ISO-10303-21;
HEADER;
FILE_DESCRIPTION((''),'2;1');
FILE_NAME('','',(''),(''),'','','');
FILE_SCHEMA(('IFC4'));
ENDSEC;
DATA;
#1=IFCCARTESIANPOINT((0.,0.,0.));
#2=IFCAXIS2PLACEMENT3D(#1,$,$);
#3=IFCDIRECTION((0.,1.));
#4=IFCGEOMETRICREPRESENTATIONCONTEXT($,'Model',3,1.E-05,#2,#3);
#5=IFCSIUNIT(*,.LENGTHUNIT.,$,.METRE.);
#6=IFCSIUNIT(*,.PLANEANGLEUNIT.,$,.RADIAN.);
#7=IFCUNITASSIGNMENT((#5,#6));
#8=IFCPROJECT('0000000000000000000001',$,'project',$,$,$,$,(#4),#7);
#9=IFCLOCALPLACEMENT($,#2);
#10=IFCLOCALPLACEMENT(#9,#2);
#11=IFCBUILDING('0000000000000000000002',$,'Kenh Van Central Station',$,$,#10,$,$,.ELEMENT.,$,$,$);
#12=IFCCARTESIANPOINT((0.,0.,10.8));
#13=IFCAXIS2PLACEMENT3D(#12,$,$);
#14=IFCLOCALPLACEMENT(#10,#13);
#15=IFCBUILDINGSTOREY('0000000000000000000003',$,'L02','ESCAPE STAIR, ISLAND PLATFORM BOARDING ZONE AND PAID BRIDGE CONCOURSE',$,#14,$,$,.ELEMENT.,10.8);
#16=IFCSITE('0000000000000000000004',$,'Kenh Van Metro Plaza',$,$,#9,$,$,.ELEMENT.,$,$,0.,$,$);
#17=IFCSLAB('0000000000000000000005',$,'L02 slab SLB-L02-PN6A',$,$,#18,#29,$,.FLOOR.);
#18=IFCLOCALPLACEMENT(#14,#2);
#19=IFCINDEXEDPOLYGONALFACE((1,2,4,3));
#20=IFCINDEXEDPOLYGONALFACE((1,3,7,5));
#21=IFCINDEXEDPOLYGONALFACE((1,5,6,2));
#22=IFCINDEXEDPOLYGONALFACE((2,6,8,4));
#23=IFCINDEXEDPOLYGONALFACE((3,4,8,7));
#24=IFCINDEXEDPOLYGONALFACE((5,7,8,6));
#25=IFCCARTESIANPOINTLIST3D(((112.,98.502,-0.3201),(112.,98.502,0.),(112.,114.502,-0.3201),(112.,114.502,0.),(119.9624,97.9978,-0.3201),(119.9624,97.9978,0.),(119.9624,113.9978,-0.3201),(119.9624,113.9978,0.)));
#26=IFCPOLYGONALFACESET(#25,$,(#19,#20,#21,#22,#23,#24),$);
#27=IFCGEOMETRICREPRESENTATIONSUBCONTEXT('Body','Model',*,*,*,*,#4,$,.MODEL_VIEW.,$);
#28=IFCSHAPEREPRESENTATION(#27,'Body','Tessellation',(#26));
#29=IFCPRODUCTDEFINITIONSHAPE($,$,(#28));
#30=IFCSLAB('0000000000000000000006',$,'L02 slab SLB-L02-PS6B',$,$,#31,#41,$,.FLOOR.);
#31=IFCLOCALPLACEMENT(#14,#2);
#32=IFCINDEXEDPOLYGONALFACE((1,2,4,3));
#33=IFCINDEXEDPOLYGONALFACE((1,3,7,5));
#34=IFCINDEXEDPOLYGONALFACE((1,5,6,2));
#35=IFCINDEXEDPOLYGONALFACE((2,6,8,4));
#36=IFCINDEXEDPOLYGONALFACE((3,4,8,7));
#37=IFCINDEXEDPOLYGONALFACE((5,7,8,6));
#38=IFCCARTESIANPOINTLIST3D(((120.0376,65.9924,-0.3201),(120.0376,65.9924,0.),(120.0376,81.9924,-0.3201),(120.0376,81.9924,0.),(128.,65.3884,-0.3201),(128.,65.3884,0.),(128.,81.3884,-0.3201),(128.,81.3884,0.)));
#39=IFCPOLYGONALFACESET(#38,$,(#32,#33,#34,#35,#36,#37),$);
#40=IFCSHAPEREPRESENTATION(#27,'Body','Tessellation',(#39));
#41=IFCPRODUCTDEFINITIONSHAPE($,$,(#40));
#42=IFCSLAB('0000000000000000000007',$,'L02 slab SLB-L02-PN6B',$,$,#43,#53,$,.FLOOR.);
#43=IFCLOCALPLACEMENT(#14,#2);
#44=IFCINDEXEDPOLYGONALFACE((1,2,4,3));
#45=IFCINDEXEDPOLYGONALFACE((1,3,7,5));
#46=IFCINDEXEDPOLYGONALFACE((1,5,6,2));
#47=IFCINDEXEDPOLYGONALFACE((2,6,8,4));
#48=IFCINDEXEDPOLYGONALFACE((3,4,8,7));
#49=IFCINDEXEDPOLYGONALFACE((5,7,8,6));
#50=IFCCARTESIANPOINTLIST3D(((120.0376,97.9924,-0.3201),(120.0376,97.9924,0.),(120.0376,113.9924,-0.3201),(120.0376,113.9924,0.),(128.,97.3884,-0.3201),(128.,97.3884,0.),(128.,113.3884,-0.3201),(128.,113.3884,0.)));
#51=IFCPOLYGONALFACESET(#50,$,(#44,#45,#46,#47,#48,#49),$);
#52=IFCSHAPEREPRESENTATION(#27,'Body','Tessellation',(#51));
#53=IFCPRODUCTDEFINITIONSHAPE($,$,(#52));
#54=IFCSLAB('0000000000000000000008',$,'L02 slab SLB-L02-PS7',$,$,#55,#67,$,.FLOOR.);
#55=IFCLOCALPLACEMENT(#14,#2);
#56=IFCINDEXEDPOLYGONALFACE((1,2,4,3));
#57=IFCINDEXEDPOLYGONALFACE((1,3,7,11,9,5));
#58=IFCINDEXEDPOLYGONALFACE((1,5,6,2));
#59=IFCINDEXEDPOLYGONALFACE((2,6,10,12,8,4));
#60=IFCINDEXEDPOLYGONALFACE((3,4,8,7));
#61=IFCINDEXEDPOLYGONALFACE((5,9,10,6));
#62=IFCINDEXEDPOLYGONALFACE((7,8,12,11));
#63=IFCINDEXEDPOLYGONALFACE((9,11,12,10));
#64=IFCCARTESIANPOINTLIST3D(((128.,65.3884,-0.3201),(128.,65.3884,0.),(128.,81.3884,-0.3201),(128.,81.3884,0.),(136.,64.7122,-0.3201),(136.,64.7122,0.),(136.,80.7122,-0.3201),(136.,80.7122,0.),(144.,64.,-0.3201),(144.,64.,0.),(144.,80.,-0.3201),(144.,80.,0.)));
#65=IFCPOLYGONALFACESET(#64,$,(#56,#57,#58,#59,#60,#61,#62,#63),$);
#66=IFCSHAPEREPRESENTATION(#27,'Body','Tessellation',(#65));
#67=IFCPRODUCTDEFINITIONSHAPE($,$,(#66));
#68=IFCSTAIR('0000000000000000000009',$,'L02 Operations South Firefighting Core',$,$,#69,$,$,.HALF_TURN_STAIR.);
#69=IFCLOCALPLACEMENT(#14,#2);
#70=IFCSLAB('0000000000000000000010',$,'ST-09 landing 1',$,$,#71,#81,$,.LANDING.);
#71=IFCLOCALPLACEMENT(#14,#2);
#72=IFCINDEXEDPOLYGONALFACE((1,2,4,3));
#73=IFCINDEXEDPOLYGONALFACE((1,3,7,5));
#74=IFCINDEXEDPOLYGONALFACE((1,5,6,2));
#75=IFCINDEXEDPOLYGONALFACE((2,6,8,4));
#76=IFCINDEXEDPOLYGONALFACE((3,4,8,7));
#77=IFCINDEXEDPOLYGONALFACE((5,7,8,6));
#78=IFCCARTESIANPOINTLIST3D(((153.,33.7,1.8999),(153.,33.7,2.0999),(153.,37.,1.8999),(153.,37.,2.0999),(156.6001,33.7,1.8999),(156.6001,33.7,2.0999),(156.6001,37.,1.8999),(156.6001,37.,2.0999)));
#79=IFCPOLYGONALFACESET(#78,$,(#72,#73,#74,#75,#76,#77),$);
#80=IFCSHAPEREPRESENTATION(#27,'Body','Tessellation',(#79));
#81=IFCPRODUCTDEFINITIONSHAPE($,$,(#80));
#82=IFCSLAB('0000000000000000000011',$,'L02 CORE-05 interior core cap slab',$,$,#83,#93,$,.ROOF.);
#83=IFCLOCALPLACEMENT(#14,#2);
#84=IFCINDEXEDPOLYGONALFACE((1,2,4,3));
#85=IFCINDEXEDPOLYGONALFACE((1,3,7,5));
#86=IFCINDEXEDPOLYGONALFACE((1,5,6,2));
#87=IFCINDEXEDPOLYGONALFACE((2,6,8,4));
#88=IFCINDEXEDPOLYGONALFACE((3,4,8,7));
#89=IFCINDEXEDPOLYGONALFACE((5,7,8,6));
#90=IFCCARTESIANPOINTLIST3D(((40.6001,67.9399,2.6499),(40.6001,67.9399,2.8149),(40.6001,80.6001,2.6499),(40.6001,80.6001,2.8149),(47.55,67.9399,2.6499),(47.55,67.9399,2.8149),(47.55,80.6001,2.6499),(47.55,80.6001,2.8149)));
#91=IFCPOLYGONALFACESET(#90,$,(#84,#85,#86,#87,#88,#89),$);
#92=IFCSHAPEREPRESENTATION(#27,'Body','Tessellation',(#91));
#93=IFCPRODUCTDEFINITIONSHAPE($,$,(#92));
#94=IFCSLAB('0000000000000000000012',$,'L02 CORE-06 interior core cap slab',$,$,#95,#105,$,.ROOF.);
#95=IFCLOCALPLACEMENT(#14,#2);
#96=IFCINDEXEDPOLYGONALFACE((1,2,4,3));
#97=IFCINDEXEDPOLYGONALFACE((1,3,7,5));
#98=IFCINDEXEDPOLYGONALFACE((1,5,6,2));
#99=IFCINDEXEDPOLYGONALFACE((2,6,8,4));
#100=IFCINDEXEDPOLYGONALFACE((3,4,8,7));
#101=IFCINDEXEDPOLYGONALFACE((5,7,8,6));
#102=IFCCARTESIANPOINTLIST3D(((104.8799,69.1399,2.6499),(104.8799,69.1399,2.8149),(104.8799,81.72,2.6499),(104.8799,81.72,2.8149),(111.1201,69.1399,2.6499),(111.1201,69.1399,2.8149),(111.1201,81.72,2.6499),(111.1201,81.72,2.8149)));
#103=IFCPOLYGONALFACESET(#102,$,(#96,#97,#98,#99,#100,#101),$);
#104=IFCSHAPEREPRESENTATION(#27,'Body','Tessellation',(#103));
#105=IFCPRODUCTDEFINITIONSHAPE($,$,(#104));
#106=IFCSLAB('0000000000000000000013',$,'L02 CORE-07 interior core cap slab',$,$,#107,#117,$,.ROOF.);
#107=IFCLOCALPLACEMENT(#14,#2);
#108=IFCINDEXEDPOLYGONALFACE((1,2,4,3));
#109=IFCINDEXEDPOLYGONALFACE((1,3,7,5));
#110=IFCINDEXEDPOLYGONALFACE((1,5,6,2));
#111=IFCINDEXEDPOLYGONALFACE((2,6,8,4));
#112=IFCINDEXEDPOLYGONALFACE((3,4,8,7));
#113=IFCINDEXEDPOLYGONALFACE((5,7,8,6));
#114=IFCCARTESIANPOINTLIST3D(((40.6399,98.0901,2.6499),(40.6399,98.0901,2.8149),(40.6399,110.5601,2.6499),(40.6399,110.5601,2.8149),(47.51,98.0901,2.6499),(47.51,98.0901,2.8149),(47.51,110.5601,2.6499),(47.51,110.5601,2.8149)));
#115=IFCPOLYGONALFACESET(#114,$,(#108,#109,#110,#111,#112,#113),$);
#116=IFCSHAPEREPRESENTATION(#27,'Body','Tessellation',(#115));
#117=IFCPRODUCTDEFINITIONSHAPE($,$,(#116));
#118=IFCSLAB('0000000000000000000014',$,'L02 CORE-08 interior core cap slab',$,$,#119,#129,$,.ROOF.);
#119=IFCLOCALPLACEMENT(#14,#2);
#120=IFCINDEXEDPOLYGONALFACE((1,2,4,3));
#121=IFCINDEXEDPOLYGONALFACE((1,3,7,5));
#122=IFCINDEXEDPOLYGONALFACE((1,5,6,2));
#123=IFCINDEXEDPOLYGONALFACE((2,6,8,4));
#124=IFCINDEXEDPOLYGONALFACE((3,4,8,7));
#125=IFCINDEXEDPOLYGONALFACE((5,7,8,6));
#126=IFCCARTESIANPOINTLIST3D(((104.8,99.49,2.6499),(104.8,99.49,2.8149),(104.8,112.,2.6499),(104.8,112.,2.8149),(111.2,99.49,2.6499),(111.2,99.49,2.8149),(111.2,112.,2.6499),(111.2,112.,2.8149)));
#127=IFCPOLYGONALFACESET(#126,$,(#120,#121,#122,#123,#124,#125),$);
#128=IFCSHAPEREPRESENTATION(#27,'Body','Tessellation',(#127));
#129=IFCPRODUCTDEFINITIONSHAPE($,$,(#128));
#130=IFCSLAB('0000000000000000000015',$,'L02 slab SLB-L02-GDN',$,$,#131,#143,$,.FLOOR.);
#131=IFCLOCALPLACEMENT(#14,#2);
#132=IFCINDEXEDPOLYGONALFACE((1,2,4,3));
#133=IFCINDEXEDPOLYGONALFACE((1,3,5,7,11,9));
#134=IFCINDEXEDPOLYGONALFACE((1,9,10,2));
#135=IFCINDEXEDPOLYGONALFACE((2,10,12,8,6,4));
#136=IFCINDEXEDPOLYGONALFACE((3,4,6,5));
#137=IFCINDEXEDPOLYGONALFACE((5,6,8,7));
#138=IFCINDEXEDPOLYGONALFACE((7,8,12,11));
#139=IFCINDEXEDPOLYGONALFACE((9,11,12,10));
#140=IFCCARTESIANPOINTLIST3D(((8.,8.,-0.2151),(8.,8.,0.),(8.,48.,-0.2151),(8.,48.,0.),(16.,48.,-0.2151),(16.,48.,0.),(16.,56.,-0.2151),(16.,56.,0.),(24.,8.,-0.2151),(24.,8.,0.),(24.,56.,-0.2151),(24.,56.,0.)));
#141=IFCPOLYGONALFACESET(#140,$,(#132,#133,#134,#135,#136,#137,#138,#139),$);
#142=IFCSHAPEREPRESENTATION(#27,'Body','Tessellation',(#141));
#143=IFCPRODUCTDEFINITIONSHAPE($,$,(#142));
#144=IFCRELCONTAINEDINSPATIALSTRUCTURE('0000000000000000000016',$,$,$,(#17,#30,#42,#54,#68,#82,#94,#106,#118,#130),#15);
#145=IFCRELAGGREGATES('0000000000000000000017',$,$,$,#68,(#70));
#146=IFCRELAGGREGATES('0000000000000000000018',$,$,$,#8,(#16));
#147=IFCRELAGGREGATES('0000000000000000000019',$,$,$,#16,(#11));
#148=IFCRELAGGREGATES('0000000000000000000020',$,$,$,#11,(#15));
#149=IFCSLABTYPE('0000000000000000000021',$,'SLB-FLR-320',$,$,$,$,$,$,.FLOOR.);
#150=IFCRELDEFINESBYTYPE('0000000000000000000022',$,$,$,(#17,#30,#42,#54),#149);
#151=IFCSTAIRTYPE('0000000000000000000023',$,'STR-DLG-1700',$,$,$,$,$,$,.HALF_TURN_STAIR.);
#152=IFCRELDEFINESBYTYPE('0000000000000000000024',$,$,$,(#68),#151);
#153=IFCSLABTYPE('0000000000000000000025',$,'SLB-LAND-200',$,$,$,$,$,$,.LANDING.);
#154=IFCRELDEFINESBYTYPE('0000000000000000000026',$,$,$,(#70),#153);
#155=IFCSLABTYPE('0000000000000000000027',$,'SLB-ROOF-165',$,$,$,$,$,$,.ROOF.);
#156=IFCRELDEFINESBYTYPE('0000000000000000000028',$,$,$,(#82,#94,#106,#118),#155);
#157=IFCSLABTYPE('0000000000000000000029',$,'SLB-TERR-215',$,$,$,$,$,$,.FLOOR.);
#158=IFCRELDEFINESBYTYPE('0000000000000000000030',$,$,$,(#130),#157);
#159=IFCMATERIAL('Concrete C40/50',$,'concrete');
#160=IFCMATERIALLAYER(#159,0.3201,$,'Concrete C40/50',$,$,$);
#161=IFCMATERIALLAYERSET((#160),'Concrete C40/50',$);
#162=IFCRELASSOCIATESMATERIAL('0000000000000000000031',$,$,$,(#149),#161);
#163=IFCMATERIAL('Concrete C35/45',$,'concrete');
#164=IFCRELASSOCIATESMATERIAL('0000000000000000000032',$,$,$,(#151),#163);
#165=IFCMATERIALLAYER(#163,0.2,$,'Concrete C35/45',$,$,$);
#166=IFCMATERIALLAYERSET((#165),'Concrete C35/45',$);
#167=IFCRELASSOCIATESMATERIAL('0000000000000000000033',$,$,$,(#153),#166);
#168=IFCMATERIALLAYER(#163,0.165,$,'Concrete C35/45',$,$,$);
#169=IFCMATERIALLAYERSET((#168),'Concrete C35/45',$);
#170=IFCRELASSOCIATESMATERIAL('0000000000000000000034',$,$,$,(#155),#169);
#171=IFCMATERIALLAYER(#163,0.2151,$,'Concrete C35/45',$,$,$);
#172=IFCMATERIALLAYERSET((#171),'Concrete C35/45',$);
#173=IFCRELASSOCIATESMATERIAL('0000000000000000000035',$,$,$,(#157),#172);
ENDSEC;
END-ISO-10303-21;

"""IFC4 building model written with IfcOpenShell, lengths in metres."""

from ifc_helpers import new_model, si_unit, direction, frame, origin, place, context, subcontext, project, spatial, polyline, outline, extrude, material, layer, layer_set, type_object, element, aggregate, save


model = new_model("IFC4")

# Units and contexts
model_context = context("Model", 3, precision=1e-05, world=origin(), true_north=direction((0.0, 1.0)))
body_context = subcontext(model_context, "Body", "Model", "MODEL_VIEW")
ifc_project = project(units=[si_unit("LENGTHUNIT", "METRE"), si_unit("PLANEANGLEUNIT", "RADIAN")], contexts=[model_context])

# Site, building, storey
site_placement = place(None, origin())
site = spatial("IfcSite", under=ifc_project, at=site_placement, Name="Kenh Van Metro Plaza", CompositionType="ELEMENT", RefElevation=0.0)
building_placement = place(site_placement, origin())
building = spatial("IfcBuilding", under=site, at=building_placement, Name="Kenh Van Central Station", CompositionType="ELEMENT")
storey_placement = place(building_placement, frame((0.0, 0.0, 10.8)))
storey = spatial("IfcBuildingStorey", under=building, at=storey_placement, Name="L02", Description="ESCAPE STAIR, ISLAND PLATFORM BOARDING ZONE AND PAID BRIDGE CONCOURSE", CompositionType="ELEMENT", Elevation=10.8)

# Slabs
ifc_material_1 = material(Name="Concrete C35/45", Category="concrete")
ifc_material_2 = material(Name="Concrete C40/50", Category="concrete")
ifc_layer_1 = layer(ifc_material_2, 0.3201, Name="Concrete C40/50")
ifc_layer_set_1 = layer_set([ifc_layer_1], Name="Concrete C40/50")
slab_type_1 = type_object("IfcSlabType", Name="SLB-FLR-320", PredefinedType="FLOOR", material=ifc_layer_set_1)
slab_1_placement = place(storey_placement, frame((0.0, 0.0, -0.3201)))
element("IfcSlab", 1, at=slab_1_placement, inside=storey, type_object=slab_type_1, Name="L02 slab SLB-L02-PN6A", PredefinedType="FLOOR", context=body_context, shape_type="SweptSolid", body=[
    extrude(outline(polyline([(112.0, 98.502), (119.9624, 97.9978), (119.9624, 113.9978), (112.0, 114.502), (112.0, 98.502)])), origin(), (0.0, 0.0, 1.0), 0.3201),
])
slab_2_placement = place(storey_placement, frame((0.0, 0.0, -0.3201)))
element("IfcSlab", 2, at=slab_2_placement, inside=storey, type_object=slab_type_1, Name="L02 slab SLB-L02-PS6B", PredefinedType="FLOOR", context=body_context, shape_type="SweptSolid", body=[
    extrude(outline(polyline([(120.0376, 65.9924), (128.0, 65.3884), (128.0, 81.3884), (120.0376, 81.9924), (120.0376, 65.9924)])), origin(), (0.0, 0.0, 1.0), 0.3201),
])
slab_3_placement = place(storey_placement, frame((0.0, 0.0, -0.3201)))
element("IfcSlab", 3, at=slab_3_placement, inside=storey, type_object=slab_type_1, Name="L02 slab SLB-L02-PN6B", PredefinedType="FLOOR", context=body_context, shape_type="SweptSolid", body=[
    extrude(outline(polyline([(120.0376, 97.9924), (128.0, 97.3884), (128.0, 113.3884), (120.0376, 113.9924), (120.0376, 97.9924)])), origin(), (0.0, 0.0, 1.0), 0.3201),
])
slab_4_placement = place(storey_placement, frame((0.0, 0.0, -0.3201)))
element("IfcSlab", 4, at=slab_4_placement, inside=storey, type_object=slab_type_1, Name="L02 slab SLB-L02-PS7", PredefinedType="FLOOR", context=body_context, shape_type="SweptSolid", body=[
    extrude(outline(polyline([(128.0, 65.3884), (136.0, 64.7122), (144.0, 64.0), (144.0, 80.0), (136.0, 80.7122), (128.0, 81.3884), (128.0, 65.3884)])), origin(), (0.0, 0.0, 1.0), 0.3201),
])

# Stair, slab
stair_type = type_object("IfcStairType", Name="STR-DLG-1700", PredefinedType="HALF_TURN_STAIR", material=ifc_material_1)
stair_placement = place(storey_placement, origin())
stair = element("IfcStair", 5, at=stair_placement, inside=storey, type_object=stair_type, Name="L02 Operations South Firefighting Core", PredefinedType="HALF_TURN_STAIR")
ifc_layer_2 = layer(ifc_material_1, 0.2, Name="Concrete C35/45")
ifc_layer_set_2 = layer_set([ifc_layer_2], Name="Concrete C35/45")
slab_type_2 = type_object("IfcSlabType", Name="SLB-LAND-200", PredefinedType="LANDING", material=ifc_layer_set_2)
slab_5_placement = place(storey_placement, frame((0.0, 0.0, 1.8999)))
slab_5 = element("IfcSlab", 6, at=slab_5_placement, type_object=slab_type_2, Name="ST-09 landing 1", PredefinedType="LANDING", context=body_context, shape_type="SweptSolid", body=[
    extrude(outline(polyline([(156.6001, 33.7), (156.6001, 37.0), (153.0, 37.0), (153.0, 33.7), (156.6001, 33.7)])), origin(), (0.0, 0.0, 1.0), 0.2),
])
aggregate(stair, [slab_5])

# Slabs
ifc_layer_3 = layer(ifc_material_1, 0.165, Name="Concrete C35/45")
ifc_layer_set_3 = layer_set([ifc_layer_3], Name="Concrete C35/45")
slab_type_3 = type_object("IfcSlabType", Name="SLB-ROOF-165", PredefinedType="ROOF", material=ifc_layer_set_3)
slab_6_placement = place(storey_placement, frame((0.0, 0.0, 2.6499)))
element("IfcSlab", 7, at=slab_6_placement, inside=storey, type_object=slab_type_3, Name="L02 CORE-05 interior core cap slab", PredefinedType="ROOF", context=body_context, shape_type="SweptSolid", body=[
    extrude(outline(polyline([(40.6001, 67.9399), (47.55, 67.9399), (47.55, 80.6001), (40.6001, 80.6001), (40.6001, 67.9399)])), origin(), (0.0, 0.0, 1.0), 0.165),
])
slab_7_placement = place(storey_placement, frame((0.0, 0.0, 2.6499)))
element("IfcSlab", 8, at=slab_7_placement, inside=storey, type_object=slab_type_3, Name="L02 CORE-06 interior core cap slab", PredefinedType="ROOF", context=body_context, shape_type="SweptSolid", body=[
    extrude(outline(polyline([(104.8799, 69.1399), (111.1201, 69.1399), (111.1201, 81.72), (104.8799, 81.72), (104.8799, 69.1399)])), origin(), (0.0, 0.0, 1.0), 0.165),
])
slab_8_placement = place(storey_placement, frame((0.0, 0.0, 2.6499)))
element("IfcSlab", 9, at=slab_8_placement, inside=storey, type_object=slab_type_3, Name="L02 CORE-07 interior core cap slab", PredefinedType="ROOF", context=body_context, shape_type="SweptSolid", body=[
    extrude(outline(polyline([(40.6399, 98.0901), (47.51, 98.0901), (47.51, 110.5601), (40.6399, 110.5601), (40.6399, 98.0901)])), origin(), (0.0, 0.0, 1.0), 0.165),
])
slab_9_placement = place(storey_placement, frame((0.0, 0.0, 2.6499)))
element("IfcSlab", 10, at=slab_9_placement, inside=storey, type_object=slab_type_3, Name="L02 CORE-08 interior core cap slab", PredefinedType="ROOF", context=body_context, shape_type="SweptSolid", body=[
    extrude(outline(polyline([(104.8, 99.49), (111.2, 99.49), (111.2, 112.0), (104.8, 112.0), (104.8, 99.49)])), origin(), (0.0, 0.0, 1.0), 0.165),
])
ifc_layer_4 = layer(ifc_material_1, 0.2151, Name="Concrete C35/45")
ifc_layer_set_4 = layer_set([ifc_layer_4], Name="Concrete C35/45")
slab_type_4 = type_object("IfcSlabType", Name="SLB-TERR-215", PredefinedType="FLOOR", material=ifc_layer_set_4)
slab_10_placement = place(storey_placement, frame((0.0, 0.0, -0.2151)))
element("IfcSlab", 11, at=slab_10_placement, inside=storey, type_object=slab_type_4, Name="L02 slab SLB-L02-GDN", PredefinedType="FLOOR", context=body_context, shape_type="SweptSolid", body=[
    extrude(outline(polyline([(24.0, 8.0), (24.0, 56.0), (16.0, 56.0), (16.0, 48.0), (8.0, 48.0), (8.0, 8.0), (24.0, 8.0)])), origin(), (0.0, 0.0, 1.0), 0.2151),
])

save(model, "model.ifc")
